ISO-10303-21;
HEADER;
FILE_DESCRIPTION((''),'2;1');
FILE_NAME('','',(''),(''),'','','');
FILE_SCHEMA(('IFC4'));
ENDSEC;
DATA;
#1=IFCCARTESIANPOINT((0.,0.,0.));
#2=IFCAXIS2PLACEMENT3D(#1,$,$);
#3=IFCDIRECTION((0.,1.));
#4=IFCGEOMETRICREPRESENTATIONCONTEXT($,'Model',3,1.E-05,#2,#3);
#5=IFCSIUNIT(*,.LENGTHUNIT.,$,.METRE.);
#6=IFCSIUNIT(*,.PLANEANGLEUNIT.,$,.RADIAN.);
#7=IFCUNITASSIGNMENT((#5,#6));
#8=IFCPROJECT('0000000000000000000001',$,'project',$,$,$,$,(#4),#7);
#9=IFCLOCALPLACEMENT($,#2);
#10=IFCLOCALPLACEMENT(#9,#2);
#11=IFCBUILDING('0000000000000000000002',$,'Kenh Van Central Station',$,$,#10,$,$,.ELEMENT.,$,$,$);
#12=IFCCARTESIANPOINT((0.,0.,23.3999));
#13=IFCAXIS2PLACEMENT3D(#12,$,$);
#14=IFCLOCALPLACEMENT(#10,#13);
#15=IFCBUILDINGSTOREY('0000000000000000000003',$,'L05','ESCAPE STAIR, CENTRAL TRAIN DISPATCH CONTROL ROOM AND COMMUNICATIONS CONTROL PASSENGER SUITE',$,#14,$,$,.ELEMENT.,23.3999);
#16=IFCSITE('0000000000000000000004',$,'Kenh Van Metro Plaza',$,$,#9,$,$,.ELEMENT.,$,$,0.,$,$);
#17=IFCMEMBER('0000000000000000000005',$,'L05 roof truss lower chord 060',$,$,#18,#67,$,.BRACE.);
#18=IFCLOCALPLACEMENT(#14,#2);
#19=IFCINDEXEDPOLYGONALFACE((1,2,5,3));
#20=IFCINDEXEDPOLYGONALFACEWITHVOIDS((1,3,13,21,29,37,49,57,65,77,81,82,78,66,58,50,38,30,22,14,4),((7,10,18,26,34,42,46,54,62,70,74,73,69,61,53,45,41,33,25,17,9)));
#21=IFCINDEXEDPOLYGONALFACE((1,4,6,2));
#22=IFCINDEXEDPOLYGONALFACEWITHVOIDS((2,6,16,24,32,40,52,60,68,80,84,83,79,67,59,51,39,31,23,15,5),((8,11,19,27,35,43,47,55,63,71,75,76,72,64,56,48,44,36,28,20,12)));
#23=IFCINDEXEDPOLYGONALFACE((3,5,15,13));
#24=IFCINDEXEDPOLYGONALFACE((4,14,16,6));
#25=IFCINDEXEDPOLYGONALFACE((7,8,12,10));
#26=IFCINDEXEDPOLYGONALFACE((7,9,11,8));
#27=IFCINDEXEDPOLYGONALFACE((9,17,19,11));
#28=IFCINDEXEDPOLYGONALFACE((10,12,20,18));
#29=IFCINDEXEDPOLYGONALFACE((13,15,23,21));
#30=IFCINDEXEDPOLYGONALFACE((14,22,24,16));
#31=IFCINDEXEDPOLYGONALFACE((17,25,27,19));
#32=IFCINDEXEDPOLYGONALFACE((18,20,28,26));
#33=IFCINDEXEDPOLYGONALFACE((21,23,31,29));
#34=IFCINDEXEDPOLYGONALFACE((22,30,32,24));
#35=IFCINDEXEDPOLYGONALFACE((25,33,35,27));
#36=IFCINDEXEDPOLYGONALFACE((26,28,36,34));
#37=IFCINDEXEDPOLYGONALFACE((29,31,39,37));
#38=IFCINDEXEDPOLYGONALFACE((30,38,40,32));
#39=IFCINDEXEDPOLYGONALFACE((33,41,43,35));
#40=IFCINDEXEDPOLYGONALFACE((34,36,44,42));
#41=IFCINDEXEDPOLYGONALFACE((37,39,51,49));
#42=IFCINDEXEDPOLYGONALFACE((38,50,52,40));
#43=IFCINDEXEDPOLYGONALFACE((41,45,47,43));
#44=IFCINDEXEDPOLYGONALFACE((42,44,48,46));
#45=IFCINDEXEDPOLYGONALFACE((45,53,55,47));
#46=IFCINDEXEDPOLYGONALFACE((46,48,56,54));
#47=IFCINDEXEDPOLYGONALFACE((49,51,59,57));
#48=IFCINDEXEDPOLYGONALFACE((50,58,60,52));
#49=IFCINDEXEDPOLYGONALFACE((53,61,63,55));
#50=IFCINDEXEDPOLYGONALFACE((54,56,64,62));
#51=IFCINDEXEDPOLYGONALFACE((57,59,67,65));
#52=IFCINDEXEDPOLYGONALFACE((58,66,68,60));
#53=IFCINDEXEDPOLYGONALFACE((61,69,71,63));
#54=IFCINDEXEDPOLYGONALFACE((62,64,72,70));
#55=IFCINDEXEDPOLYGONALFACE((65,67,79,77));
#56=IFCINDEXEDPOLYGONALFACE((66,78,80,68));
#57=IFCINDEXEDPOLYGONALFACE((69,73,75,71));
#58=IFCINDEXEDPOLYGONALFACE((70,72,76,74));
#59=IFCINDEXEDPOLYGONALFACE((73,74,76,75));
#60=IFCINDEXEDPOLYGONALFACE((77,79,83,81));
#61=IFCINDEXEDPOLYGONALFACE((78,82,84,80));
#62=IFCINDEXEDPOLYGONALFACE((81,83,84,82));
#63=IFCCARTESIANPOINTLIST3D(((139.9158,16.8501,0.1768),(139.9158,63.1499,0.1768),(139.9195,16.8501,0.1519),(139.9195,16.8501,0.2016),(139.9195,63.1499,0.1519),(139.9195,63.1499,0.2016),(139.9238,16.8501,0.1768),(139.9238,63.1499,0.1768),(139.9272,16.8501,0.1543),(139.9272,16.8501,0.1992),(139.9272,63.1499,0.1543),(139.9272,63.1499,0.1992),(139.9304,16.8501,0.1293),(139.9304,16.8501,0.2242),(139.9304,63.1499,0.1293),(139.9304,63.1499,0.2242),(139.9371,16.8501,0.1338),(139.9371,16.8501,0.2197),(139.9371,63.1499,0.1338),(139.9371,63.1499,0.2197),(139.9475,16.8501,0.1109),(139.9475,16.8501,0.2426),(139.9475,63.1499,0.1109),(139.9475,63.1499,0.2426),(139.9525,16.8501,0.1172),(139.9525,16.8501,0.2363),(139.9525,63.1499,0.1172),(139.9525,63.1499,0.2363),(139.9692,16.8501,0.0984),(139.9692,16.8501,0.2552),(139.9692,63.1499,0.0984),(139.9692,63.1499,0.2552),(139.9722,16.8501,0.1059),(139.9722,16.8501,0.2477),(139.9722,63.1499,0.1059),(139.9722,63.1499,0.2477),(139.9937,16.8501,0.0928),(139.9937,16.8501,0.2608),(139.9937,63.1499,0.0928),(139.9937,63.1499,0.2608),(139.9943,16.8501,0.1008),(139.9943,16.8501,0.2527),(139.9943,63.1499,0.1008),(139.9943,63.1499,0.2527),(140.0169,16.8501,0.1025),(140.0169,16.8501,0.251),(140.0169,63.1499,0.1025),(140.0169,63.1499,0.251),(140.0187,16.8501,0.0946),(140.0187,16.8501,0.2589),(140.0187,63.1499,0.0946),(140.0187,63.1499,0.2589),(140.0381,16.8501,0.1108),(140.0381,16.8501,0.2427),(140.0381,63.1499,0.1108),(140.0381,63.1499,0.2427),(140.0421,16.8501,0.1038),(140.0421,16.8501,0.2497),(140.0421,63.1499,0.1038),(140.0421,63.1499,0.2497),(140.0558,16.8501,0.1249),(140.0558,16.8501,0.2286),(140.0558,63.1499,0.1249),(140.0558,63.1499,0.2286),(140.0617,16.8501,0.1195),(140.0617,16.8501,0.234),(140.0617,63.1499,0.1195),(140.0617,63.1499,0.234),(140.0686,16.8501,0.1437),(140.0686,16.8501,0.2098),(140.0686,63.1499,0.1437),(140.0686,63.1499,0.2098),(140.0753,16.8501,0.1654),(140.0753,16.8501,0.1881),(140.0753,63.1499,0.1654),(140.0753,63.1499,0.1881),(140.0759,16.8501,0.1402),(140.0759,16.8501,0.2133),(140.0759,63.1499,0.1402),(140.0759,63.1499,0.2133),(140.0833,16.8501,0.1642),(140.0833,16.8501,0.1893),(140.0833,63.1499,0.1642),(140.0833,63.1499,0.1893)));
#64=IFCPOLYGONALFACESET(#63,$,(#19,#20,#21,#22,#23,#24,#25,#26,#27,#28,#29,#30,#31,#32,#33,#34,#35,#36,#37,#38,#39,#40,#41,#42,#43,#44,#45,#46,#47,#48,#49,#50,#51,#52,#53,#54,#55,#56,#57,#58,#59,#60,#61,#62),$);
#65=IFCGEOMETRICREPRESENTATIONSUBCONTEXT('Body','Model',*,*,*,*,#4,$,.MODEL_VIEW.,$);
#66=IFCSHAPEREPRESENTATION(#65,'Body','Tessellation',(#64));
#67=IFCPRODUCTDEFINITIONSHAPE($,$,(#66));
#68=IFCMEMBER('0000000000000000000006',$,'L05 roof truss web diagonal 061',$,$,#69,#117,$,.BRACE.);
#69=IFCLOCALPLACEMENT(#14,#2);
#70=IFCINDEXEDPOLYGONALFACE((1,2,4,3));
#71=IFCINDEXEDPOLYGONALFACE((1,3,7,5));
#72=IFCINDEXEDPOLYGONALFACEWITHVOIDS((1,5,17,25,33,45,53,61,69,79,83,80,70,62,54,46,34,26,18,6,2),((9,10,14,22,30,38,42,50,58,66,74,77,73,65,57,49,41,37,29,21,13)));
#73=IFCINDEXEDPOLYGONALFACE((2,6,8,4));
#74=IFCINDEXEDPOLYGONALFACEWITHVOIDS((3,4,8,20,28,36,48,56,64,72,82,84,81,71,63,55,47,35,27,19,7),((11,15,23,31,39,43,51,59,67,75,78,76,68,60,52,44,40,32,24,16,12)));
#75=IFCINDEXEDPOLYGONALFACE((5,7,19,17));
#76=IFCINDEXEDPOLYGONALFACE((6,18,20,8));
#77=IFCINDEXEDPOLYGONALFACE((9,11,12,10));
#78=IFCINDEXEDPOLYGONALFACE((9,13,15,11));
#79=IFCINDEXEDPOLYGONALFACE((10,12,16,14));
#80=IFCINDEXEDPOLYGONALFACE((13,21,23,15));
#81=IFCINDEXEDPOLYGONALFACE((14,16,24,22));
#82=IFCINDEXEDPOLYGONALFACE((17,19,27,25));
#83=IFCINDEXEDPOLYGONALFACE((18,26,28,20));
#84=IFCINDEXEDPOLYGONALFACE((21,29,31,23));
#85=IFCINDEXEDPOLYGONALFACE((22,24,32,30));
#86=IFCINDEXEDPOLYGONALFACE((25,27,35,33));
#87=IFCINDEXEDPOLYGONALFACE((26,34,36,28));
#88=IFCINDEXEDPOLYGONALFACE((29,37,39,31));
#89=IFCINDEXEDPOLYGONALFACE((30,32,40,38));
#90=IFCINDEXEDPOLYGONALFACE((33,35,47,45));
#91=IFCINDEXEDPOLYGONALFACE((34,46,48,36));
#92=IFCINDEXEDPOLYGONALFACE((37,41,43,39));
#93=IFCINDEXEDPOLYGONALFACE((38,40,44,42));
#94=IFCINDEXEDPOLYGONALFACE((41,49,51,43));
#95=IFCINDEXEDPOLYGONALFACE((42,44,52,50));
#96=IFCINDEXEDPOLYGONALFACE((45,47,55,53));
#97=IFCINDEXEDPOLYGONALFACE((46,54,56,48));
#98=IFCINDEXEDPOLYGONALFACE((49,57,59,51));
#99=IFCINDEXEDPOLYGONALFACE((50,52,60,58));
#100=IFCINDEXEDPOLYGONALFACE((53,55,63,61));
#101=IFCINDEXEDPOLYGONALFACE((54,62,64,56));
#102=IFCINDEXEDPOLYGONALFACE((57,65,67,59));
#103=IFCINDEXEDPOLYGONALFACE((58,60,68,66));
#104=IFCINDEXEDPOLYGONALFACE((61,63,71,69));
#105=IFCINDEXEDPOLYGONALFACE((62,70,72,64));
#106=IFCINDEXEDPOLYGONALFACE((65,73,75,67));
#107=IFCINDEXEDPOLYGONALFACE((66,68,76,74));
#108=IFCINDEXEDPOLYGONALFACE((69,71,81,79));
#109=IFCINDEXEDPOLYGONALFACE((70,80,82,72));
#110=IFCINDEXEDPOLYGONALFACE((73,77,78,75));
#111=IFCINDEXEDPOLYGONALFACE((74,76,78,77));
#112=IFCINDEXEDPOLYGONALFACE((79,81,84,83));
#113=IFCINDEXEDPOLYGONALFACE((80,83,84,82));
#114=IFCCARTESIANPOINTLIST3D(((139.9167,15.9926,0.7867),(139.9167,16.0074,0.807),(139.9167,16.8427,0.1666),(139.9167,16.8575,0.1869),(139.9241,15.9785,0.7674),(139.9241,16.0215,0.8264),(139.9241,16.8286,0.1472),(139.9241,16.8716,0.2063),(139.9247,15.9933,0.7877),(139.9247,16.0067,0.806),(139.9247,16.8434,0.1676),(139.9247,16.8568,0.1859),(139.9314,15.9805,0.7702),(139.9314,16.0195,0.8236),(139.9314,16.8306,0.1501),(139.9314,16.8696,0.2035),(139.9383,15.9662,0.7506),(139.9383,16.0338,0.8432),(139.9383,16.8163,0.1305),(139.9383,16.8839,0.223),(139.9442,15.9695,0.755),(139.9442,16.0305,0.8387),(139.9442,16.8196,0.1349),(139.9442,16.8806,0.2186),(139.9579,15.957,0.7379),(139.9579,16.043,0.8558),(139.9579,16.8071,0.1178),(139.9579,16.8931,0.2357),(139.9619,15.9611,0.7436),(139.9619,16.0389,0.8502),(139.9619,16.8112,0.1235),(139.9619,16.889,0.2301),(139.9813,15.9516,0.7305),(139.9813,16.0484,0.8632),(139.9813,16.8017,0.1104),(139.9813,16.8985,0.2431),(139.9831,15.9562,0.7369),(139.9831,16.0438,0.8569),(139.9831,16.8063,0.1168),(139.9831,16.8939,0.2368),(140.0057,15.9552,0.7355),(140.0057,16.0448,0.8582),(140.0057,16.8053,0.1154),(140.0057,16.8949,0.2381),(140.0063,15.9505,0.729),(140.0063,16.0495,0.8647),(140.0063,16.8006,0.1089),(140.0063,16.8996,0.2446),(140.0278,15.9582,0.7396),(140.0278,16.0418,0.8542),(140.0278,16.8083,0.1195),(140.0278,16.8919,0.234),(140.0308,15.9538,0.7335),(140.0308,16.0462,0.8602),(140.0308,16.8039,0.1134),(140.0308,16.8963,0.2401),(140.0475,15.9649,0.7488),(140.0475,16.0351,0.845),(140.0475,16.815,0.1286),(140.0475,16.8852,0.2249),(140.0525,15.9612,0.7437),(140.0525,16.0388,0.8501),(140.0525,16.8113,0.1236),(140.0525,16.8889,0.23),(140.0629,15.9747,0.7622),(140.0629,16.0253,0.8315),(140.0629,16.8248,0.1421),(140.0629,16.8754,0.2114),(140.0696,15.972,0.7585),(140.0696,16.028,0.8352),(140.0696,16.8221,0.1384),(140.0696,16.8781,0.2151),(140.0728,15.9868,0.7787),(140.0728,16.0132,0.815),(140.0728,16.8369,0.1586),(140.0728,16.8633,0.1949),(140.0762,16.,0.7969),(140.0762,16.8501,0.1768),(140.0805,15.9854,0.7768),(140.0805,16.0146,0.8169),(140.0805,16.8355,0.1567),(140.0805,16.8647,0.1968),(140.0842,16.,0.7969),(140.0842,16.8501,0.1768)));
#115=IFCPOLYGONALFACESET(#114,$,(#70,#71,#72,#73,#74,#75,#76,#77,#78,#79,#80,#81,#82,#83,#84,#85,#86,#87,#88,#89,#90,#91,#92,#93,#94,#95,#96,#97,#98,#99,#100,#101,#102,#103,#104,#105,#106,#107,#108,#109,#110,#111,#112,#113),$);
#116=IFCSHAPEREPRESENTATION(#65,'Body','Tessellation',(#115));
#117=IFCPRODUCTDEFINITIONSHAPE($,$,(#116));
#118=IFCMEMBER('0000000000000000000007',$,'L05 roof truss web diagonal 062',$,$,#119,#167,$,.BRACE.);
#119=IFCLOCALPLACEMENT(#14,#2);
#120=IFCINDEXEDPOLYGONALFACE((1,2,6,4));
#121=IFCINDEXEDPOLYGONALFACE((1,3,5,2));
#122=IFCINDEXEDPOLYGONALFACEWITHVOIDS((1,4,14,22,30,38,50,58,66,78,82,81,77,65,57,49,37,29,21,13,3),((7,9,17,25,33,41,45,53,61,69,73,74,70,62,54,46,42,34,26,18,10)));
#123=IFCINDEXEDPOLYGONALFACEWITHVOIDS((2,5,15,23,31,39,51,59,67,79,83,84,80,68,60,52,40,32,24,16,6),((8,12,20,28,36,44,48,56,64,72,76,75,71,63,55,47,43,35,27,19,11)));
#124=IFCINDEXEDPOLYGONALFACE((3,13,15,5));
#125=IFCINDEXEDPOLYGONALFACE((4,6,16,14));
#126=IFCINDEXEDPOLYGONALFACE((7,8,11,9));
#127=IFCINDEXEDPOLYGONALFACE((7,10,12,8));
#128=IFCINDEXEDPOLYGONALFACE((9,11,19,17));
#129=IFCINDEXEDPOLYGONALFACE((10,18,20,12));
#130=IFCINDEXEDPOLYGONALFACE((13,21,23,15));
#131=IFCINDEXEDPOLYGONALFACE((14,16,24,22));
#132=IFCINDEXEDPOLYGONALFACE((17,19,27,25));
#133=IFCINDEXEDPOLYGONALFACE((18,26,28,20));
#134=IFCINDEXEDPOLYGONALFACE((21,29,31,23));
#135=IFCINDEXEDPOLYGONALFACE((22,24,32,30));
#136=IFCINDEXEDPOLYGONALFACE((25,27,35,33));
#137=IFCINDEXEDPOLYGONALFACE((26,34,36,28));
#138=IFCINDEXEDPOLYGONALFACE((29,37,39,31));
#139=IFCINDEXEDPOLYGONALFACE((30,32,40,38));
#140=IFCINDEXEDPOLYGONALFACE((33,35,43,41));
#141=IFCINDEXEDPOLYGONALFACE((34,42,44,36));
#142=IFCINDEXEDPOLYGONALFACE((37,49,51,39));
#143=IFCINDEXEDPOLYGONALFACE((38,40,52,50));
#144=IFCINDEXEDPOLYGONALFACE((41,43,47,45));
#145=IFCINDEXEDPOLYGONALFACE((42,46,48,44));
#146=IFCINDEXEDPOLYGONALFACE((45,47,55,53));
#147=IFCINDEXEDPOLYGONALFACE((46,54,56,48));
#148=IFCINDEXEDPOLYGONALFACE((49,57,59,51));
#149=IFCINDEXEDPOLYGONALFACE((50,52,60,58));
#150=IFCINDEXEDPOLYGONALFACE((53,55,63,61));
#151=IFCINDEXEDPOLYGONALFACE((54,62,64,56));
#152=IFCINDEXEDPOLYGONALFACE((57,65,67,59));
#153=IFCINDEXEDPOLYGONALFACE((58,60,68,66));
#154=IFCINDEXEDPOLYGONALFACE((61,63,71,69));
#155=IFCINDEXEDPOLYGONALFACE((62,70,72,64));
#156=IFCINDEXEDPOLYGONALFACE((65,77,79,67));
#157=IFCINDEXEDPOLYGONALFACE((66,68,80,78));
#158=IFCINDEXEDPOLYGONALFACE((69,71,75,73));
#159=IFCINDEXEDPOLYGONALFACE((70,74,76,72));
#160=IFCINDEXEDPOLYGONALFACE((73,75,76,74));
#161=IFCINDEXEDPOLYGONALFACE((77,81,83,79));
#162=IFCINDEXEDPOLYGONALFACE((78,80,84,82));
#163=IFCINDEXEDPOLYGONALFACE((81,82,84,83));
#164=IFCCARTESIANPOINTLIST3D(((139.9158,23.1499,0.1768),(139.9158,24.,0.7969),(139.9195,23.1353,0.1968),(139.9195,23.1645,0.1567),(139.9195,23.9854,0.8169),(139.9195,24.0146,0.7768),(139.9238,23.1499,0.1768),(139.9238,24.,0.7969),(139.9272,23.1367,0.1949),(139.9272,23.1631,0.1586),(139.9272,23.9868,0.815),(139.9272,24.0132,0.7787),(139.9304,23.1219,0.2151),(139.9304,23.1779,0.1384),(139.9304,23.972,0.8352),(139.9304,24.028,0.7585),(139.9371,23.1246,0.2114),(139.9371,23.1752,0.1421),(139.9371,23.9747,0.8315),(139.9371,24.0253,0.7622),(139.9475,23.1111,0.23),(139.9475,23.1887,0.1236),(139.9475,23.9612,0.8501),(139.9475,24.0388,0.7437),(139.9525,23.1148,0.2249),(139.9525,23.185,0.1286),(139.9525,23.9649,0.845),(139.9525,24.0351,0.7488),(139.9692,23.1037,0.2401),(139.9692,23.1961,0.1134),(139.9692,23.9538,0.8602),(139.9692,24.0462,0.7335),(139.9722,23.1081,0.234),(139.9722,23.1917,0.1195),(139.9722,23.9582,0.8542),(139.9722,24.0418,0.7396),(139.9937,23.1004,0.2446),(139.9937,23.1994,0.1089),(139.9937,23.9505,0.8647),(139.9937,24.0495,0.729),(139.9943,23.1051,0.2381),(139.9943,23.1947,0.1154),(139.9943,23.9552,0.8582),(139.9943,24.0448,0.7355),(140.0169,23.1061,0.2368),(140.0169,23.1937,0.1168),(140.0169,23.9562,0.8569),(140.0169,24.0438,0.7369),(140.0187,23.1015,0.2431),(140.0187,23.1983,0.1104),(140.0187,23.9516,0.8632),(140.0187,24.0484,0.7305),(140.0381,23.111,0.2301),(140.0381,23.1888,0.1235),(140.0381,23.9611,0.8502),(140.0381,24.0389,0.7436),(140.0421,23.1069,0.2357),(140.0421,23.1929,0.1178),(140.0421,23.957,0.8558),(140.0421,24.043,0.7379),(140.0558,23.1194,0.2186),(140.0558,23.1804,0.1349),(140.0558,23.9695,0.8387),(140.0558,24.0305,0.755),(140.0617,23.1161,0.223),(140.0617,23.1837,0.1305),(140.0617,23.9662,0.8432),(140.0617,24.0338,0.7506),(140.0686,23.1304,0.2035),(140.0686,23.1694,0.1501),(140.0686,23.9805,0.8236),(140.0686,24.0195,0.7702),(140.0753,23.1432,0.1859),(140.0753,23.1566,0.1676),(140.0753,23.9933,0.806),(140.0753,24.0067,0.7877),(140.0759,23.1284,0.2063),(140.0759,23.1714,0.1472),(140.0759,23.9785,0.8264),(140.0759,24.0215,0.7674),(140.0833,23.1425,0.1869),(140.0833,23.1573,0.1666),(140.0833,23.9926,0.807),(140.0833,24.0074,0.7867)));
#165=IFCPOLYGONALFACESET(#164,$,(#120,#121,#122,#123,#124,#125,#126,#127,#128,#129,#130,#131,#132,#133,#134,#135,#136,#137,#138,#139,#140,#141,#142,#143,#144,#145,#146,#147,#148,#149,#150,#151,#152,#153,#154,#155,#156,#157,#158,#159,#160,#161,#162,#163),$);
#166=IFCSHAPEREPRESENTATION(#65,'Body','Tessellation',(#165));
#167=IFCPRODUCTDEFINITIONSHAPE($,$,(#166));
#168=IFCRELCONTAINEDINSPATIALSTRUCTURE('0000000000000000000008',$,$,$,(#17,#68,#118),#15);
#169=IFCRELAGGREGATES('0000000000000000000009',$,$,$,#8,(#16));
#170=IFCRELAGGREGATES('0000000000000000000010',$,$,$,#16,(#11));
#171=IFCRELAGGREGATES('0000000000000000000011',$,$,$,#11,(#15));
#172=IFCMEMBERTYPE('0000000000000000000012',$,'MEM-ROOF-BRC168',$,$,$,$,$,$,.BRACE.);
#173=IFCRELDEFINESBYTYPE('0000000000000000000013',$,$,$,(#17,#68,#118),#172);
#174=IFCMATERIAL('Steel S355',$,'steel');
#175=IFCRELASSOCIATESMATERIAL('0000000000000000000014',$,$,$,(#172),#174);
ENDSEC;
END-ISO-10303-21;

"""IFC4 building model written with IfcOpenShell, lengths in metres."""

from ifc_helpers import new_model, si_unit, direction, frame, origin, origin_2d, place, context, subcontext, project, spatial, hollow_circle, extrude, material, material_profile, profile_set, type_object, element, save


model = new_model("IFC4")

# Units and contexts
model_context = context("Model", 3, precision=1e-05, world=origin(), true_north=direction((0.0, 1.0)))
body_context = subcontext(model_context, "Body", "Model", "MODEL_VIEW")
ifc_project = project(units=[si_unit("LENGTHUNIT", "METRE"), si_unit("PLANEANGLEUNIT", "RADIAN")], contexts=[model_context])

# Site, building, storey
site_placement = place(None, origin())
site = spatial("IfcSite", under=ifc_project, at=site_placement, Name="Kenh Van Metro Plaza", CompositionType="ELEMENT", RefElevation=0.0)
building_placement = place(site_placement, origin())
building = spatial("IfcBuilding", under=site, at=building_placement, Name="Kenh Van Central Station", CompositionType="ELEMENT")
storey_placement = place(building_placement, frame((0.0, 0.0, 23.3999)))
storey = spatial("IfcBuildingStorey", under=building, at=storey_placement, Name="L05", Description="ESCAPE STAIR, CENTRAL TRAIN DISPATCH CONTROL ROOM AND COMMUNICATIONS CONTROL PASSENGER SUITE", CompositionType="ELEMENT", Elevation=23.3999)

# Shared definitions
ifc_material_1 = material(Name="Steel S355", Category="steel")

# Members
ifc_material_profile_1 = material_profile(ifc_material_1, hollow_circle(Radius=0.0842, WallThickness=0.0081, at=origin_2d()), Name="CHS 168.3x8")
ifc_profile_set_1 = profile_set([ifc_material_profile_1], Name="Steel S355")
member_type_1 = type_object("IfcMemberType", Name="MEM-ROOF-BRC168", PredefinedType="BRACE", material=ifc_profile_set_1)
member_1_placement = place(storey_placement, frame((140.0, 16.8501, 0.1768), z_axis=(0.0, 1.0, 0.0), x_axis=(-1.0, 0.0, 0.0)))
element("IfcMember", 1, at=member_1_placement, inside=storey, type_object=member_type_1, Name="L05 roof truss lower chord 060", PredefinedType="BRACE", context=body_context, shape_type="SweptSolid", body=[
    extrude(hollow_circle(Radius=0.0842, WallThickness=0.0081, at=origin_2d()), origin(), (0.0, 0.0, 1.0), 46.2998),
])
for number, where, z_axis, x_axis, name in (
    (2, (140.0, 16.8501, 0.1768), (0.0, -0.807892, 0.58933), (1.0, 0.0, 0.0), "L05 roof truss web diagonal 061"),
    (3, (140.0, 23.1499, 0.1768), (0.0, 0.807892, 0.58933), (-1.0, 0.0, 0.0), "L05 roof truss web diagonal 062"),
):
    element("IfcMember", number, at=place(storey_placement, frame(where, z_axis=z_axis, x_axis=x_axis)), inside=storey, type_object=member_type_1, Name=name, PredefinedType="BRACE", context=body_context, shape_type="SweptSolid", body=[
        extrude(hollow_circle(Radius=0.0842, WallThickness=0.0081, at=origin_2d()), origin(), (0.0, 0.0, 1.0), 1.0522),
    ])

save(model, "model.ifc")
